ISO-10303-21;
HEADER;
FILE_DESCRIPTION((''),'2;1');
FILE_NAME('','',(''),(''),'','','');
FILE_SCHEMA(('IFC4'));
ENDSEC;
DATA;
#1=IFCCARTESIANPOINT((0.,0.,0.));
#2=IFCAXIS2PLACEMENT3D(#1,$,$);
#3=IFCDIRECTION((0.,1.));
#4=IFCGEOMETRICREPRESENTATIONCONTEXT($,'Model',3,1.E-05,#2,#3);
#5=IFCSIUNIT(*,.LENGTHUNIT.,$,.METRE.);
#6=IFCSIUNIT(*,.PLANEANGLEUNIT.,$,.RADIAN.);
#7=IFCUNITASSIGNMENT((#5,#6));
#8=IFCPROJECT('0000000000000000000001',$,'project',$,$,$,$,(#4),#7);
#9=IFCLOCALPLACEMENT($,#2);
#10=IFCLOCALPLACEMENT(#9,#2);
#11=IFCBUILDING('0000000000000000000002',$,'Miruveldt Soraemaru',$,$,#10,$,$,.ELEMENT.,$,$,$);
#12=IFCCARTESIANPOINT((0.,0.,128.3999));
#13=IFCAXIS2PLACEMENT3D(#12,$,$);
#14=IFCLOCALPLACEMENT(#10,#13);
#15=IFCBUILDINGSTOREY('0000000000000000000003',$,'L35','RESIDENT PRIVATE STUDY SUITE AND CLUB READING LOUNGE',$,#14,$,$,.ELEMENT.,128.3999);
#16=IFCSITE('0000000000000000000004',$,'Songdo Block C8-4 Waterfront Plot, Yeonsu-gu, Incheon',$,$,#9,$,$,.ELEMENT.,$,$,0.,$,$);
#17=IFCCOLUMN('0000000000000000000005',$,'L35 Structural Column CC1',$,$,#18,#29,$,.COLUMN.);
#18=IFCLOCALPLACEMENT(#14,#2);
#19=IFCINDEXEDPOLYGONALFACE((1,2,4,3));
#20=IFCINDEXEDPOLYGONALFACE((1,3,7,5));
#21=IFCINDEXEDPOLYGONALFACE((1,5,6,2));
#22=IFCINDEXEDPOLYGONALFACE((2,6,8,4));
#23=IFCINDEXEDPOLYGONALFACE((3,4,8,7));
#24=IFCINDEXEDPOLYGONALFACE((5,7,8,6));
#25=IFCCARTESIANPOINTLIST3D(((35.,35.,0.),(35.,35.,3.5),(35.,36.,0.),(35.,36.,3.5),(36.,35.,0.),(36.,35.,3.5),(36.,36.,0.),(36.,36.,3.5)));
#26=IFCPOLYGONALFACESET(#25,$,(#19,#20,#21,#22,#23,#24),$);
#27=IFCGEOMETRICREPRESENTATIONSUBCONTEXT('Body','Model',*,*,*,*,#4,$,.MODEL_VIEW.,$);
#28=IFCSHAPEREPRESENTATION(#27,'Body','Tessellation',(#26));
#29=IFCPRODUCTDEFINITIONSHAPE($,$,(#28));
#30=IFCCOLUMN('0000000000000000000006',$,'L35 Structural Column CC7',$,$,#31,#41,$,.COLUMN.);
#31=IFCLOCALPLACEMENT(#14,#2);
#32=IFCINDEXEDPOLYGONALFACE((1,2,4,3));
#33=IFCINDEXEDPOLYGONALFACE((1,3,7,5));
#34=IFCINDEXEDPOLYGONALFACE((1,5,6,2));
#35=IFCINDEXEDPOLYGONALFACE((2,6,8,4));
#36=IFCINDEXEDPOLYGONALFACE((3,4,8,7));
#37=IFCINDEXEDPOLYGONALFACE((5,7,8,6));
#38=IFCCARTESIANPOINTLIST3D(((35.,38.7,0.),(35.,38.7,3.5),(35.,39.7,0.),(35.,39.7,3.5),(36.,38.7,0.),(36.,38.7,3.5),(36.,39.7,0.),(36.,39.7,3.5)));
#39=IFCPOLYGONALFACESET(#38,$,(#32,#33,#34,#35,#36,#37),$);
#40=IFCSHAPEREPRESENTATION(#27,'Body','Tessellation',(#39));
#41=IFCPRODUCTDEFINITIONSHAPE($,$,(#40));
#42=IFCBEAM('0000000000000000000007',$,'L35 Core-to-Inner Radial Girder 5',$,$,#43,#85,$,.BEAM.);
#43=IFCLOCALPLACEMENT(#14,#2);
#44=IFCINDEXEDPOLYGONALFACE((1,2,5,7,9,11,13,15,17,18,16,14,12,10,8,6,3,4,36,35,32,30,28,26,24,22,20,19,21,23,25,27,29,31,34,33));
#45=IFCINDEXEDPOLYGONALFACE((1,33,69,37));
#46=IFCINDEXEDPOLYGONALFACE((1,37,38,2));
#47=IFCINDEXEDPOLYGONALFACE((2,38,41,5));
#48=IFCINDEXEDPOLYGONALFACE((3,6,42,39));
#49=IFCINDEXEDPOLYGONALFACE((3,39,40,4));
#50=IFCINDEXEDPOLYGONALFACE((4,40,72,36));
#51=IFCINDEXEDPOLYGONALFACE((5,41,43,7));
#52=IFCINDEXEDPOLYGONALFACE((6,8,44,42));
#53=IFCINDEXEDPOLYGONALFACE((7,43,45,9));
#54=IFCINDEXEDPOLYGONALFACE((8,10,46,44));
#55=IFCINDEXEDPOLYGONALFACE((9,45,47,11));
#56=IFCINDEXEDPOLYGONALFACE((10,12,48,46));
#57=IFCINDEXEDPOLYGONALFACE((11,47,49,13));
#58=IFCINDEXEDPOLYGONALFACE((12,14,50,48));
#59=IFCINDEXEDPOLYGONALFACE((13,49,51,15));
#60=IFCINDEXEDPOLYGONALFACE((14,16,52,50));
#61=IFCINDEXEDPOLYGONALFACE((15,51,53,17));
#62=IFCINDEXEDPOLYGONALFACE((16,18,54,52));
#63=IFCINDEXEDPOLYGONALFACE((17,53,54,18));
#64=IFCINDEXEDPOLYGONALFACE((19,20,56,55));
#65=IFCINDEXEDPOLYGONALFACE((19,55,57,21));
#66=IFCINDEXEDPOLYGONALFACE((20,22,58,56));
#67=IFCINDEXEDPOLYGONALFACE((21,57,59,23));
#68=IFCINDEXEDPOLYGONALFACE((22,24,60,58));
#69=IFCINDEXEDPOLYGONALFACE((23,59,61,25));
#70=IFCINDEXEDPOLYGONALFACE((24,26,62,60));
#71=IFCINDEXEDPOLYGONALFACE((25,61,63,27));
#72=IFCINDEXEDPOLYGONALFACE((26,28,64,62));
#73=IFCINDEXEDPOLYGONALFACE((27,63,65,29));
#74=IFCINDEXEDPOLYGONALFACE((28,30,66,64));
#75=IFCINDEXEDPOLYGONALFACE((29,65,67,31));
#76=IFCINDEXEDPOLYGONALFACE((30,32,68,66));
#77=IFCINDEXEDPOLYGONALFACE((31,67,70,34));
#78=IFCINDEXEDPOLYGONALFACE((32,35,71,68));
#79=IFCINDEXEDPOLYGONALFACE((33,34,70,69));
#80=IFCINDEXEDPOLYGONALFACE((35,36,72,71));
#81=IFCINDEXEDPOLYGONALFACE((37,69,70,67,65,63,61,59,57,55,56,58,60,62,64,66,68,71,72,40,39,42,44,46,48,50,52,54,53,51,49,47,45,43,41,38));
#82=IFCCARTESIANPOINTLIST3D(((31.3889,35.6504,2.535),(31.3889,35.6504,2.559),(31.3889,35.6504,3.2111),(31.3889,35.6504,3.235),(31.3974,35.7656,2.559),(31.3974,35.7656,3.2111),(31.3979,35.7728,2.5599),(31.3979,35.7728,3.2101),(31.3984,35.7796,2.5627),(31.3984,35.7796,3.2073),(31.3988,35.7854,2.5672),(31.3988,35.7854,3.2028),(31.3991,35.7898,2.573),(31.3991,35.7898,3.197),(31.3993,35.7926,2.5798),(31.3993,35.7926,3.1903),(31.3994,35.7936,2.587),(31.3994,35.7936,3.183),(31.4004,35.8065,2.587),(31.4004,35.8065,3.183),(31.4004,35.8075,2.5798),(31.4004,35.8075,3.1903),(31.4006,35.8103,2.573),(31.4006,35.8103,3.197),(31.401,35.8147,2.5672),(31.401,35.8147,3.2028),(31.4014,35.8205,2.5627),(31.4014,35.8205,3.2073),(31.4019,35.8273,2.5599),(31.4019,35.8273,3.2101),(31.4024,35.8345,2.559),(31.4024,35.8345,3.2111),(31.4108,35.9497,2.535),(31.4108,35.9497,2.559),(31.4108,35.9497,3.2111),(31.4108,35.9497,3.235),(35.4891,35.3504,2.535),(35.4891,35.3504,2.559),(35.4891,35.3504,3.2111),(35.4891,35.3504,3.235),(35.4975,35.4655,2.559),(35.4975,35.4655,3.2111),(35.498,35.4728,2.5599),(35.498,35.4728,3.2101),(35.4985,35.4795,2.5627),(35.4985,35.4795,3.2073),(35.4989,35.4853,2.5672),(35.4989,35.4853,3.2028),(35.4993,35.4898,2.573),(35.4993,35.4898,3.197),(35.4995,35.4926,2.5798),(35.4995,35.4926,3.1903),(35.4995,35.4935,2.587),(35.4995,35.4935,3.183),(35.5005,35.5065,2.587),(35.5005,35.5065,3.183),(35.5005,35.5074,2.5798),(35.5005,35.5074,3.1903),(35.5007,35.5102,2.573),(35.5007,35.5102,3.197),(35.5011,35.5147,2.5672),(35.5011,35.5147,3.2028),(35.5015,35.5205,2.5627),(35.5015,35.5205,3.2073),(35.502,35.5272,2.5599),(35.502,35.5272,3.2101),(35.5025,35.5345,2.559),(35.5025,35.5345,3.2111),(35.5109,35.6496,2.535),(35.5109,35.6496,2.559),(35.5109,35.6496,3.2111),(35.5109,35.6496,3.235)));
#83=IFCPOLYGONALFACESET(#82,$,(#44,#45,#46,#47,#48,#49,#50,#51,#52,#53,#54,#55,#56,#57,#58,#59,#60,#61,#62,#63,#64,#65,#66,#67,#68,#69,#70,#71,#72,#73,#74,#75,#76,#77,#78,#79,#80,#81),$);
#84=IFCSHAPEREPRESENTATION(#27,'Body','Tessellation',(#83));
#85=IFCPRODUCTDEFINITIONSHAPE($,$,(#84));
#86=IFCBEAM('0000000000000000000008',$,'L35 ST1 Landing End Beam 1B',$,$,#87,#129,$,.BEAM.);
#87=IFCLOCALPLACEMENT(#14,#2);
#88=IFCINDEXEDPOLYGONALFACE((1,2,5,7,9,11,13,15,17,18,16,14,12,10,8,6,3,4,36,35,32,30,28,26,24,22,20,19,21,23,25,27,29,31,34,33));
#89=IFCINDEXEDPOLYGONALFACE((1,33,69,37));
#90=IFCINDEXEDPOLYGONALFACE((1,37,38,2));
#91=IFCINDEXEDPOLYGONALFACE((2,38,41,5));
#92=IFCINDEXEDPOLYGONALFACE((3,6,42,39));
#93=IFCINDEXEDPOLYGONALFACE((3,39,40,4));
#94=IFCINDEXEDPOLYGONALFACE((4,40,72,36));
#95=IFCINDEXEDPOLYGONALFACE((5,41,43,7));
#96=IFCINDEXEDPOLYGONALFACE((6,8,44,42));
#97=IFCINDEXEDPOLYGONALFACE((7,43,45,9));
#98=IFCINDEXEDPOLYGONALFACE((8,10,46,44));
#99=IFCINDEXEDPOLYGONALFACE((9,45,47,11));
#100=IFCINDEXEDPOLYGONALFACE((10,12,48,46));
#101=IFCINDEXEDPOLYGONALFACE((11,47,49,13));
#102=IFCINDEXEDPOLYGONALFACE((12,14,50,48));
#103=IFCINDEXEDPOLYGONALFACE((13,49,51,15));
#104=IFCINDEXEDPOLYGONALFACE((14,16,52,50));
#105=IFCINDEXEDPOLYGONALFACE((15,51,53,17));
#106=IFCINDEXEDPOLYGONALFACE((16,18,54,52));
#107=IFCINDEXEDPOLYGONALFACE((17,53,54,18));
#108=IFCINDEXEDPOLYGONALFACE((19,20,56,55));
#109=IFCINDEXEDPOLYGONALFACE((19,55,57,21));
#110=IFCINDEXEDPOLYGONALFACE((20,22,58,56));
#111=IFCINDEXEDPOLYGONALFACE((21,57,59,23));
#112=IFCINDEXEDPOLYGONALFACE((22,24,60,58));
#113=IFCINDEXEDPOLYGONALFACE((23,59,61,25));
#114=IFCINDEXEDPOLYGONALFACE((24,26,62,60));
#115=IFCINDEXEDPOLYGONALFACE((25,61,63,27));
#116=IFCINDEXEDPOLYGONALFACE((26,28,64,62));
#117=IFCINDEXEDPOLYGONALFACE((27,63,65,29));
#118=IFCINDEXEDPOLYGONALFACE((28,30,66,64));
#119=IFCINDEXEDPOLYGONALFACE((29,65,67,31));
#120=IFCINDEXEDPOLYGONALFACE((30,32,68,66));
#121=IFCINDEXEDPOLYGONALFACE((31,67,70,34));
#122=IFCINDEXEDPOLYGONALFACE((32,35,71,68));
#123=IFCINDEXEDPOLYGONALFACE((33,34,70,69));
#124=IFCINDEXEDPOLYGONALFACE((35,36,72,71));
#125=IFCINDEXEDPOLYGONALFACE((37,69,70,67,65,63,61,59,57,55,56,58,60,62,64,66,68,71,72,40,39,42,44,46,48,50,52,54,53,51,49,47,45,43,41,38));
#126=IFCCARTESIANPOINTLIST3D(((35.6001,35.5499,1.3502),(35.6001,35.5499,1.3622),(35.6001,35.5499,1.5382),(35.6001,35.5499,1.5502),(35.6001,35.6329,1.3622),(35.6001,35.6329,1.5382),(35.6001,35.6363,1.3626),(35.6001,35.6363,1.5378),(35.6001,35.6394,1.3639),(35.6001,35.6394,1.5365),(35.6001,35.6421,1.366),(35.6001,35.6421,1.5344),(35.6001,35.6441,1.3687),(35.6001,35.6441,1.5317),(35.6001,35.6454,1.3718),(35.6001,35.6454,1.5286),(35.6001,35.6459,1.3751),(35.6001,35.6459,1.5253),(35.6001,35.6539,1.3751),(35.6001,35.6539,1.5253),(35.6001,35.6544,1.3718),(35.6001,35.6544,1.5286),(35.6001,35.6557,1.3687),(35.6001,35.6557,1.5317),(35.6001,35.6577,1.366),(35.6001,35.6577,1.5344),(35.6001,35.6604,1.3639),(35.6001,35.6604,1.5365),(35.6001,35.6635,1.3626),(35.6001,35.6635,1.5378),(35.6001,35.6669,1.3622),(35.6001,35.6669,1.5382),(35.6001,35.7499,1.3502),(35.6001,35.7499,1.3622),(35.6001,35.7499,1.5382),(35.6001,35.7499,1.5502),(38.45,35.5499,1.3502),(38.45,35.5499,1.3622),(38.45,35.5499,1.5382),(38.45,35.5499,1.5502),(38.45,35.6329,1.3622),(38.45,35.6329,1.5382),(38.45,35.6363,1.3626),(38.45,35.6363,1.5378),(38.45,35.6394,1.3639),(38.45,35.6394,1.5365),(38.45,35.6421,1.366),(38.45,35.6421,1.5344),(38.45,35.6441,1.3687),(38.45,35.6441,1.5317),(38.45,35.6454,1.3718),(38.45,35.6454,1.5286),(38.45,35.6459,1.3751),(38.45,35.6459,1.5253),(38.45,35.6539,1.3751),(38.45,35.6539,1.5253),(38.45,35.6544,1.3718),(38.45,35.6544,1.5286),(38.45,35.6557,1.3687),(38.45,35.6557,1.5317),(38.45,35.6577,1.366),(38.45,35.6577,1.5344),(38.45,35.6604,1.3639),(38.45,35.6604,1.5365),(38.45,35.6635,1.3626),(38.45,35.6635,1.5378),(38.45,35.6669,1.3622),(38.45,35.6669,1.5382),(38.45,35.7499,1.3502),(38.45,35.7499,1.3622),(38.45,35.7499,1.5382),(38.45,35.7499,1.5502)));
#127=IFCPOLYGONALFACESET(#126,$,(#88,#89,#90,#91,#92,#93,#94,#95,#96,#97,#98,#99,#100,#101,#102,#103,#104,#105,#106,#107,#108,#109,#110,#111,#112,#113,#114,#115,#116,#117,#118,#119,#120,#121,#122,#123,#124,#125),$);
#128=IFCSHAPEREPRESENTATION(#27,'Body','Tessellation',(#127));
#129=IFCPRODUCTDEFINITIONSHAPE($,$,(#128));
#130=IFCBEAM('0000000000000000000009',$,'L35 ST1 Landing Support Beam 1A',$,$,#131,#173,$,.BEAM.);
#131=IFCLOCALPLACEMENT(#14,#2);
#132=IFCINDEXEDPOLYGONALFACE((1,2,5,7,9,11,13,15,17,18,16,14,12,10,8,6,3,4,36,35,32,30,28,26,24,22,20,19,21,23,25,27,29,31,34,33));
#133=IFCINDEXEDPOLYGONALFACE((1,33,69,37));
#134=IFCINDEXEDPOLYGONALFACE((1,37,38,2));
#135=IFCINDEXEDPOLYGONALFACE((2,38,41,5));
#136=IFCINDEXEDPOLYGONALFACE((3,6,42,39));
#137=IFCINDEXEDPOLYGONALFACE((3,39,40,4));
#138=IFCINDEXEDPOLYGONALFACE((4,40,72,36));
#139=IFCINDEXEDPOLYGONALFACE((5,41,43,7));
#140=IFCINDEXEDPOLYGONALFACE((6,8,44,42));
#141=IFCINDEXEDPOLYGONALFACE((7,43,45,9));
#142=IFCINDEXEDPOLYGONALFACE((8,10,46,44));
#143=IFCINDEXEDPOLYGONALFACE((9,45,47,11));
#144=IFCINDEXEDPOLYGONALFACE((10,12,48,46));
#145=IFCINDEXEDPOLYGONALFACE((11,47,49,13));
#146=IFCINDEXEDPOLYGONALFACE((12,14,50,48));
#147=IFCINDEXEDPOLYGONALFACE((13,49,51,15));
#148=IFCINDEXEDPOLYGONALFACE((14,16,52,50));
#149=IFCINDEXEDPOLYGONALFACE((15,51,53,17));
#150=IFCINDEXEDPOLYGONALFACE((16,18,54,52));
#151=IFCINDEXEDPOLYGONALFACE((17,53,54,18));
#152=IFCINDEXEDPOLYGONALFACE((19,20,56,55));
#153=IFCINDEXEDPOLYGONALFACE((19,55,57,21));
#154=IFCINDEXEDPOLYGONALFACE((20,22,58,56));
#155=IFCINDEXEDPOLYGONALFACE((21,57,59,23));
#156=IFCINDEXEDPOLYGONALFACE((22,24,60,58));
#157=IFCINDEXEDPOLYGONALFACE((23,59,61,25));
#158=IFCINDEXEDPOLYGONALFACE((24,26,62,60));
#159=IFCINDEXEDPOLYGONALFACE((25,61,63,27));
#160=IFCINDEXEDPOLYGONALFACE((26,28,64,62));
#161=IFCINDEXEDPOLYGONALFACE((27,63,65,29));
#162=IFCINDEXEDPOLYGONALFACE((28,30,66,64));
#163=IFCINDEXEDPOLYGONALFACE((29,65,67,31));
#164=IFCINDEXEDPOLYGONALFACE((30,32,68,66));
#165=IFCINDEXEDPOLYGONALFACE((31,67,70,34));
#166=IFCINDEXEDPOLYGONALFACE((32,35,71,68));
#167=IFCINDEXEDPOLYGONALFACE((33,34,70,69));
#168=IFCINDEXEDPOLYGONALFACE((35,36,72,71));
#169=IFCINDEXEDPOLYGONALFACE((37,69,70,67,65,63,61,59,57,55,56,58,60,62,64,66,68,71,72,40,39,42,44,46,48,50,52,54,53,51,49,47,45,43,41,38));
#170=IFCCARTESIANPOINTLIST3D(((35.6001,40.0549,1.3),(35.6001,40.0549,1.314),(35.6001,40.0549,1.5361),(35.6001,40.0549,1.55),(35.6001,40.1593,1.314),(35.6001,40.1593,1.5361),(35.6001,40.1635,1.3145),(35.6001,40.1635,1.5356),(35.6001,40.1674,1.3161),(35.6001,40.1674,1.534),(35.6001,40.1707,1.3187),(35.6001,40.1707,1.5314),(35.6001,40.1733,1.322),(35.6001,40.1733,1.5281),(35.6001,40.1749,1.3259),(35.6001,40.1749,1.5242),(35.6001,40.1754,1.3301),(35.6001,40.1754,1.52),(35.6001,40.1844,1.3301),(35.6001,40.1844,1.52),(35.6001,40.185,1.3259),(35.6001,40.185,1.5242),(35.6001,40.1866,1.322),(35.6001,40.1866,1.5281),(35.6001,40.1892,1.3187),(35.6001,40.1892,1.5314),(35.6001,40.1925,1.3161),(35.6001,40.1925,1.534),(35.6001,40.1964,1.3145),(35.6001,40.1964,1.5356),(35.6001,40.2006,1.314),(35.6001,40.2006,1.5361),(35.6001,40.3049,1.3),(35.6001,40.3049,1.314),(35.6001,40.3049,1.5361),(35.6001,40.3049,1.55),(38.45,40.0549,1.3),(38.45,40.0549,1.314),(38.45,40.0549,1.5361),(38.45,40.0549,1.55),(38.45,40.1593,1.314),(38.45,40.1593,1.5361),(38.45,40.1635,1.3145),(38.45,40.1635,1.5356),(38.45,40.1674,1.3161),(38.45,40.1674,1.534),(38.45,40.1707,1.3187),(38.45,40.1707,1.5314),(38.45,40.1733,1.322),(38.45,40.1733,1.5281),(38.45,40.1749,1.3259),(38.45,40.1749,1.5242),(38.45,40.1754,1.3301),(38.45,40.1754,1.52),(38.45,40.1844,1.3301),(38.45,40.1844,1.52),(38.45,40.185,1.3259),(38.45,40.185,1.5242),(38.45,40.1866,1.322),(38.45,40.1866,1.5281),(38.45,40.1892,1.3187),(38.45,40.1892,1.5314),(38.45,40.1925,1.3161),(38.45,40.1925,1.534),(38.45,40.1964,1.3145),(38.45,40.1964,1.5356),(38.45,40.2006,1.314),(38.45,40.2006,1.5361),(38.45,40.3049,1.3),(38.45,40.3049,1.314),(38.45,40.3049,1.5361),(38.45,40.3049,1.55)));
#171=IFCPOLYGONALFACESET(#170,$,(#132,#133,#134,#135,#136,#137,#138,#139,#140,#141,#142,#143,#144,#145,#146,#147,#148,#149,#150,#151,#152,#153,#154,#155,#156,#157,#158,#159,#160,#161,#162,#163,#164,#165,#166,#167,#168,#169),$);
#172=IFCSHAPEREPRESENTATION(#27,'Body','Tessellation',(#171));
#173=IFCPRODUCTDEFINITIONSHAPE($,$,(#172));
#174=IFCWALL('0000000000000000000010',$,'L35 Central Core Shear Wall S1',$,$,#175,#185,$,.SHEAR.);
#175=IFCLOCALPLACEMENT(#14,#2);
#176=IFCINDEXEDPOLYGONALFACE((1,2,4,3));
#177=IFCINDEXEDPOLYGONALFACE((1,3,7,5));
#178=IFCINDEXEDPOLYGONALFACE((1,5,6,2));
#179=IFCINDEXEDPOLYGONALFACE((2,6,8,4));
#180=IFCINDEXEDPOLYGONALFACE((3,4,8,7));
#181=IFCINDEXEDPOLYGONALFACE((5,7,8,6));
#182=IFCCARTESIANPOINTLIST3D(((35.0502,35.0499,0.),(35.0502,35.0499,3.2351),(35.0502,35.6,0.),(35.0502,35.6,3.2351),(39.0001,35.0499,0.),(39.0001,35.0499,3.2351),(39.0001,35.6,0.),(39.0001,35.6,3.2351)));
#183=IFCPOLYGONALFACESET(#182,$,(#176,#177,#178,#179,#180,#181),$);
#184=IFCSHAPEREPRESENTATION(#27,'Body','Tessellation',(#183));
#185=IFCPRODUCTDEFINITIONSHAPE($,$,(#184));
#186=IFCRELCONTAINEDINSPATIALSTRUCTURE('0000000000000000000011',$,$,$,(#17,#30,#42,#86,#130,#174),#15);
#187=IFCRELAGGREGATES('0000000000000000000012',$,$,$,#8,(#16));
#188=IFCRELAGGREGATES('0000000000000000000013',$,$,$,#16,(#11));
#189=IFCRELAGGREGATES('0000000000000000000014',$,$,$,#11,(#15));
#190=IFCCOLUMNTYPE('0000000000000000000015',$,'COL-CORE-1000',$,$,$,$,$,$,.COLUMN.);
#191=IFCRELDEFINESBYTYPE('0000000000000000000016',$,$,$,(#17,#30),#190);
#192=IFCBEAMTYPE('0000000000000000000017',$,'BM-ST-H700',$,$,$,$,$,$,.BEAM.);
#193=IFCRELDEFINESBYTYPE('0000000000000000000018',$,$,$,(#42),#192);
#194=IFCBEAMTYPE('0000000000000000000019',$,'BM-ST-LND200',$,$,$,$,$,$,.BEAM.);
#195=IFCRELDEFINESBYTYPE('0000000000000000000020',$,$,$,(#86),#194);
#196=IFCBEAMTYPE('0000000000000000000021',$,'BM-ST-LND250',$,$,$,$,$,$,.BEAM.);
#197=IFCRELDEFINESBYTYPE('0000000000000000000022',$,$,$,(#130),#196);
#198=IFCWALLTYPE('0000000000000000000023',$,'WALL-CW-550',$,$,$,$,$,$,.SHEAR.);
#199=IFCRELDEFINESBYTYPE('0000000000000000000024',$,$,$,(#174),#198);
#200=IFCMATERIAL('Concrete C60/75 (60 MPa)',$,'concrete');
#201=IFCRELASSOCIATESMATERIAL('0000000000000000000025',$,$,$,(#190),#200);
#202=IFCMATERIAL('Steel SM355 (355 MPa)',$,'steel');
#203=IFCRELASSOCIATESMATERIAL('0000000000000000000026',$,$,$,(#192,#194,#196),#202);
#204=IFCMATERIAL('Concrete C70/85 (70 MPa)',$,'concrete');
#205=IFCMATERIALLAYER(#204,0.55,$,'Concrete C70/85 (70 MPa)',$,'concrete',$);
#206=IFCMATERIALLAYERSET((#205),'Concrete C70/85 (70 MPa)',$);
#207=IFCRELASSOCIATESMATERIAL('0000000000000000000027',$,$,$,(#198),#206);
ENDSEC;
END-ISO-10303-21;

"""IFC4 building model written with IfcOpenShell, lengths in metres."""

from ifc_helpers import new_model, si_unit, direction, frame, frame_2d, origin, origin_2d, place, context, subcontext, project, spatial, rectangle, i_section, extrude, material, layer, layer_set, material_profile, profile_set, type_object, element, save


model = new_model("IFC4")

# Units and contexts
model_context = context("Model", 3, precision=1e-05, world=origin(), true_north=direction((0.0, 1.0)))
body_context = subcontext(model_context, "Body", "Model", "MODEL_VIEW")
ifc_project = project(units=[si_unit("LENGTHUNIT", "METRE"), si_unit("PLANEANGLEUNIT", "RADIAN")], contexts=[model_context])

# Site, building, storey
site_placement = place(None, origin())
site = spatial("IfcSite", under=ifc_project, at=site_placement, Name="Songdo Block C8-4 Waterfront Plot, Yeonsu-gu, Incheon", CompositionType="ELEMENT", RefElevation=0.0)
building_placement = place(site_placement, origin())
building = spatial("IfcBuilding", under=site, at=building_placement, Name="Miruveldt Soraemaru", CompositionType="ELEMENT")
storey_placement = place(building_placement, frame((0.0, 0.0, 128.3999)))
storey = spatial("IfcBuildingStorey", under=building, at=storey_placement, Name="L35", Description="RESIDENT PRIVATE STUDY SUITE AND CLUB READING LOUNGE", CompositionType="ELEMENT", Elevation=128.3999)

# Columns
ifc_material_1 = material(Name="Concrete C60/75 (60 MPa)", Category="concrete")
ifc_material_profile_1 = material_profile(ifc_material_1, rectangle(XDim=1.0, YDim=1.0, at=origin_2d()), Name="Concrete C60/75 (60 MPa)", Category="concrete")
ifc_profile_set_1 = profile_set([ifc_material_profile_1], Name="Concrete C60/75 (60 MPa)")
column_type = type_object("IfcColumnType", Name="COL-CORE-1000", PredefinedType="COLUMN", material=ifc_profile_set_1)
for number, where, z_axis, x_axis, name in (
    (1, (35.5, 35.5, 0.0), (0.0, 0.0, 1.0), (1.0, 0.0, 0.0), "L35 Structural Column CC1"),
    (2, (35.5, 39.2, 0.0), (0.0, 0.0, 1.0), (1.0, 0.0, 0.0), "L35 Structural Column CC7"),
):
    element("IfcColumn", number, at=place(storey_placement, frame(where, z_axis=z_axis, x_axis=x_axis)), inside=storey, type_object=column_type, Name=name, PredefinedType="COLUMN", context=body_context, shape_type="SweptSolid", body=[
        extrude(rectangle(XDim=1.0, YDim=1.0, at=origin_2d()), origin(), (0.0, 0.0, 1.0), 3.5),
    ])

# Beams
ifc_material_2 = material(Name="Steel SM355 (355 MPa)", Category="steel")
ifc_material_profile_2 = material_profile(ifc_material_2, i_section(OverallWidth=0.3, OverallDepth=0.7, WebThickness=0.0129, FlangeThickness=0.0239, FilletRadius=0.0281, at=origin_2d()), Name="Steel SM355 (355 MPa)", Category="steel")
ifc_profile_set_2 = profile_set([ifc_material_profile_2], Name="Steel SM355 (355 MPa)")
beam_type_1 = type_object("IfcBeamType", Name="BM-ST-H700", PredefinedType="BEAM", material=ifc_profile_set_2)
beam_1_placement = place(storey_placement, frame((35.5, 35.5, 2.885), z_axis=(-0.997333, 0.072986, 0.0), x_axis=(-0.072986, -0.997333, 0.0)))
element("IfcBeam", 3, at=beam_1_placement, inside=storey, type_object=beam_type_1, Name="L35 Core-to-Inner Radial Girder 5", PredefinedType="BEAM", context=body_context, shape_type="SweptSolid", body=[
    extrude(i_section(OverallWidth=0.3, OverallDepth=0.7, WebThickness=0.0129, FlangeThickness=0.0239, FilletRadius=0.0281, at=origin_2d()), origin(), (0.0, 0.0, 1.0), 4.1111),
])
ifc_material_profile_3 = material_profile(ifc_material_2, i_section(OverallWidth=0.2, OverallDepth=0.2, WebThickness=0.0081, FlangeThickness=0.012, FilletRadius=0.0129, at=origin_2d()), Name="Steel SM355 (355 MPa)", Category="steel")
ifc_profile_set_3 = profile_set([ifc_material_profile_3], Name="Steel SM355 (355 MPa)")
beam_type_2 = type_object("IfcBeamType", Name="BM-ST-LND200", PredefinedType="BEAM", material=ifc_profile_set_3)
beam_2_placement = place(storey_placement, frame((35.6001, 35.6499, 1.4502), z_axis=(1.0, 0.0, 0.0), x_axis=(0.0, 1.0, 0.0)))
element("IfcBeam", 4, at=beam_2_placement, inside=storey, type_object=beam_type_2, Name="L35 ST1 Landing End Beam 1B", PredefinedType="BEAM", context=body_context, shape_type="SweptSolid", body=[
    extrude(i_section(OverallWidth=0.2, OverallDepth=0.2, WebThickness=0.0081, FlangeThickness=0.012, FilletRadius=0.0129, at=origin_2d()), origin(), (0.0, 0.0, 1.0), 2.8499),
])
ifc_material_profile_4 = material_profile(ifc_material_2, i_section(OverallWidth=0.25, OverallDepth=0.25, WebThickness=0.009, FlangeThickness=0.0139, FilletRadius=0.0161, at=origin_2d()), Name="Steel SM355 (355 MPa)", Category="steel")
ifc_profile_set_4 = profile_set([ifc_material_profile_4], Name="Steel SM355 (355 MPa)")
beam_type_3 = type_object("IfcBeamType", Name="BM-ST-LND250", PredefinedType="BEAM", material=ifc_profile_set_4)
beam_3_placement = place(storey_placement, frame((35.6001, 40.1799, 1.425), z_axis=(1.0, 0.0, 0.0), x_axis=(0.0, 1.0, 0.0)))
element("IfcBeam", 5, at=beam_3_placement, inside=storey, type_object=beam_type_3, Name="L35 ST1 Landing Support Beam 1A", PredefinedType="BEAM", context=body_context, shape_type="SweptSolid", body=[
    extrude(i_section(OverallWidth=0.25, OverallDepth=0.25, WebThickness=0.009, FlangeThickness=0.0139, FilletRadius=0.0161, at=origin_2d()), origin(), (0.0, 0.0, 1.0), 2.8499),
])

# Wall
ifc_material_3 = material(Name="Concrete C70/85 (70 MPa)", Category="concrete")
ifc_layer_1 = layer(ifc_material_3, 0.55, Name="Concrete C70/85 (70 MPa)", Category="concrete")
ifc_layer_set_1 = layer_set([ifc_layer_1], Name="Concrete C70/85 (70 MPa)")
wall_type_1 = type_object("IfcWallType", Name="WALL-CW-550", PredefinedType="SHEAR", material=ifc_layer_set_1)
wall_1_placement = place(storey_placement, frame((35.05, 35.325, 0.0), z_axis=(0.0, 0.0, 1.0), x_axis=(1.0, 0.0, 0.0)))
element("IfcWall", 6, at=wall_1_placement, inside=storey, type_object=wall_type_1, Name="L35 Central Core Shear Wall S1", PredefinedType="SHEAR", context=body_context, shape_type="SweptSolid", body=[
    extrude(rectangle(XDim=3.95, YDim=0.55, at=frame_2d((1.9751, 0.0))), origin(), (0.0, 0.0, 1.0), 3.2351),
])

save(model, "model.ifc")
